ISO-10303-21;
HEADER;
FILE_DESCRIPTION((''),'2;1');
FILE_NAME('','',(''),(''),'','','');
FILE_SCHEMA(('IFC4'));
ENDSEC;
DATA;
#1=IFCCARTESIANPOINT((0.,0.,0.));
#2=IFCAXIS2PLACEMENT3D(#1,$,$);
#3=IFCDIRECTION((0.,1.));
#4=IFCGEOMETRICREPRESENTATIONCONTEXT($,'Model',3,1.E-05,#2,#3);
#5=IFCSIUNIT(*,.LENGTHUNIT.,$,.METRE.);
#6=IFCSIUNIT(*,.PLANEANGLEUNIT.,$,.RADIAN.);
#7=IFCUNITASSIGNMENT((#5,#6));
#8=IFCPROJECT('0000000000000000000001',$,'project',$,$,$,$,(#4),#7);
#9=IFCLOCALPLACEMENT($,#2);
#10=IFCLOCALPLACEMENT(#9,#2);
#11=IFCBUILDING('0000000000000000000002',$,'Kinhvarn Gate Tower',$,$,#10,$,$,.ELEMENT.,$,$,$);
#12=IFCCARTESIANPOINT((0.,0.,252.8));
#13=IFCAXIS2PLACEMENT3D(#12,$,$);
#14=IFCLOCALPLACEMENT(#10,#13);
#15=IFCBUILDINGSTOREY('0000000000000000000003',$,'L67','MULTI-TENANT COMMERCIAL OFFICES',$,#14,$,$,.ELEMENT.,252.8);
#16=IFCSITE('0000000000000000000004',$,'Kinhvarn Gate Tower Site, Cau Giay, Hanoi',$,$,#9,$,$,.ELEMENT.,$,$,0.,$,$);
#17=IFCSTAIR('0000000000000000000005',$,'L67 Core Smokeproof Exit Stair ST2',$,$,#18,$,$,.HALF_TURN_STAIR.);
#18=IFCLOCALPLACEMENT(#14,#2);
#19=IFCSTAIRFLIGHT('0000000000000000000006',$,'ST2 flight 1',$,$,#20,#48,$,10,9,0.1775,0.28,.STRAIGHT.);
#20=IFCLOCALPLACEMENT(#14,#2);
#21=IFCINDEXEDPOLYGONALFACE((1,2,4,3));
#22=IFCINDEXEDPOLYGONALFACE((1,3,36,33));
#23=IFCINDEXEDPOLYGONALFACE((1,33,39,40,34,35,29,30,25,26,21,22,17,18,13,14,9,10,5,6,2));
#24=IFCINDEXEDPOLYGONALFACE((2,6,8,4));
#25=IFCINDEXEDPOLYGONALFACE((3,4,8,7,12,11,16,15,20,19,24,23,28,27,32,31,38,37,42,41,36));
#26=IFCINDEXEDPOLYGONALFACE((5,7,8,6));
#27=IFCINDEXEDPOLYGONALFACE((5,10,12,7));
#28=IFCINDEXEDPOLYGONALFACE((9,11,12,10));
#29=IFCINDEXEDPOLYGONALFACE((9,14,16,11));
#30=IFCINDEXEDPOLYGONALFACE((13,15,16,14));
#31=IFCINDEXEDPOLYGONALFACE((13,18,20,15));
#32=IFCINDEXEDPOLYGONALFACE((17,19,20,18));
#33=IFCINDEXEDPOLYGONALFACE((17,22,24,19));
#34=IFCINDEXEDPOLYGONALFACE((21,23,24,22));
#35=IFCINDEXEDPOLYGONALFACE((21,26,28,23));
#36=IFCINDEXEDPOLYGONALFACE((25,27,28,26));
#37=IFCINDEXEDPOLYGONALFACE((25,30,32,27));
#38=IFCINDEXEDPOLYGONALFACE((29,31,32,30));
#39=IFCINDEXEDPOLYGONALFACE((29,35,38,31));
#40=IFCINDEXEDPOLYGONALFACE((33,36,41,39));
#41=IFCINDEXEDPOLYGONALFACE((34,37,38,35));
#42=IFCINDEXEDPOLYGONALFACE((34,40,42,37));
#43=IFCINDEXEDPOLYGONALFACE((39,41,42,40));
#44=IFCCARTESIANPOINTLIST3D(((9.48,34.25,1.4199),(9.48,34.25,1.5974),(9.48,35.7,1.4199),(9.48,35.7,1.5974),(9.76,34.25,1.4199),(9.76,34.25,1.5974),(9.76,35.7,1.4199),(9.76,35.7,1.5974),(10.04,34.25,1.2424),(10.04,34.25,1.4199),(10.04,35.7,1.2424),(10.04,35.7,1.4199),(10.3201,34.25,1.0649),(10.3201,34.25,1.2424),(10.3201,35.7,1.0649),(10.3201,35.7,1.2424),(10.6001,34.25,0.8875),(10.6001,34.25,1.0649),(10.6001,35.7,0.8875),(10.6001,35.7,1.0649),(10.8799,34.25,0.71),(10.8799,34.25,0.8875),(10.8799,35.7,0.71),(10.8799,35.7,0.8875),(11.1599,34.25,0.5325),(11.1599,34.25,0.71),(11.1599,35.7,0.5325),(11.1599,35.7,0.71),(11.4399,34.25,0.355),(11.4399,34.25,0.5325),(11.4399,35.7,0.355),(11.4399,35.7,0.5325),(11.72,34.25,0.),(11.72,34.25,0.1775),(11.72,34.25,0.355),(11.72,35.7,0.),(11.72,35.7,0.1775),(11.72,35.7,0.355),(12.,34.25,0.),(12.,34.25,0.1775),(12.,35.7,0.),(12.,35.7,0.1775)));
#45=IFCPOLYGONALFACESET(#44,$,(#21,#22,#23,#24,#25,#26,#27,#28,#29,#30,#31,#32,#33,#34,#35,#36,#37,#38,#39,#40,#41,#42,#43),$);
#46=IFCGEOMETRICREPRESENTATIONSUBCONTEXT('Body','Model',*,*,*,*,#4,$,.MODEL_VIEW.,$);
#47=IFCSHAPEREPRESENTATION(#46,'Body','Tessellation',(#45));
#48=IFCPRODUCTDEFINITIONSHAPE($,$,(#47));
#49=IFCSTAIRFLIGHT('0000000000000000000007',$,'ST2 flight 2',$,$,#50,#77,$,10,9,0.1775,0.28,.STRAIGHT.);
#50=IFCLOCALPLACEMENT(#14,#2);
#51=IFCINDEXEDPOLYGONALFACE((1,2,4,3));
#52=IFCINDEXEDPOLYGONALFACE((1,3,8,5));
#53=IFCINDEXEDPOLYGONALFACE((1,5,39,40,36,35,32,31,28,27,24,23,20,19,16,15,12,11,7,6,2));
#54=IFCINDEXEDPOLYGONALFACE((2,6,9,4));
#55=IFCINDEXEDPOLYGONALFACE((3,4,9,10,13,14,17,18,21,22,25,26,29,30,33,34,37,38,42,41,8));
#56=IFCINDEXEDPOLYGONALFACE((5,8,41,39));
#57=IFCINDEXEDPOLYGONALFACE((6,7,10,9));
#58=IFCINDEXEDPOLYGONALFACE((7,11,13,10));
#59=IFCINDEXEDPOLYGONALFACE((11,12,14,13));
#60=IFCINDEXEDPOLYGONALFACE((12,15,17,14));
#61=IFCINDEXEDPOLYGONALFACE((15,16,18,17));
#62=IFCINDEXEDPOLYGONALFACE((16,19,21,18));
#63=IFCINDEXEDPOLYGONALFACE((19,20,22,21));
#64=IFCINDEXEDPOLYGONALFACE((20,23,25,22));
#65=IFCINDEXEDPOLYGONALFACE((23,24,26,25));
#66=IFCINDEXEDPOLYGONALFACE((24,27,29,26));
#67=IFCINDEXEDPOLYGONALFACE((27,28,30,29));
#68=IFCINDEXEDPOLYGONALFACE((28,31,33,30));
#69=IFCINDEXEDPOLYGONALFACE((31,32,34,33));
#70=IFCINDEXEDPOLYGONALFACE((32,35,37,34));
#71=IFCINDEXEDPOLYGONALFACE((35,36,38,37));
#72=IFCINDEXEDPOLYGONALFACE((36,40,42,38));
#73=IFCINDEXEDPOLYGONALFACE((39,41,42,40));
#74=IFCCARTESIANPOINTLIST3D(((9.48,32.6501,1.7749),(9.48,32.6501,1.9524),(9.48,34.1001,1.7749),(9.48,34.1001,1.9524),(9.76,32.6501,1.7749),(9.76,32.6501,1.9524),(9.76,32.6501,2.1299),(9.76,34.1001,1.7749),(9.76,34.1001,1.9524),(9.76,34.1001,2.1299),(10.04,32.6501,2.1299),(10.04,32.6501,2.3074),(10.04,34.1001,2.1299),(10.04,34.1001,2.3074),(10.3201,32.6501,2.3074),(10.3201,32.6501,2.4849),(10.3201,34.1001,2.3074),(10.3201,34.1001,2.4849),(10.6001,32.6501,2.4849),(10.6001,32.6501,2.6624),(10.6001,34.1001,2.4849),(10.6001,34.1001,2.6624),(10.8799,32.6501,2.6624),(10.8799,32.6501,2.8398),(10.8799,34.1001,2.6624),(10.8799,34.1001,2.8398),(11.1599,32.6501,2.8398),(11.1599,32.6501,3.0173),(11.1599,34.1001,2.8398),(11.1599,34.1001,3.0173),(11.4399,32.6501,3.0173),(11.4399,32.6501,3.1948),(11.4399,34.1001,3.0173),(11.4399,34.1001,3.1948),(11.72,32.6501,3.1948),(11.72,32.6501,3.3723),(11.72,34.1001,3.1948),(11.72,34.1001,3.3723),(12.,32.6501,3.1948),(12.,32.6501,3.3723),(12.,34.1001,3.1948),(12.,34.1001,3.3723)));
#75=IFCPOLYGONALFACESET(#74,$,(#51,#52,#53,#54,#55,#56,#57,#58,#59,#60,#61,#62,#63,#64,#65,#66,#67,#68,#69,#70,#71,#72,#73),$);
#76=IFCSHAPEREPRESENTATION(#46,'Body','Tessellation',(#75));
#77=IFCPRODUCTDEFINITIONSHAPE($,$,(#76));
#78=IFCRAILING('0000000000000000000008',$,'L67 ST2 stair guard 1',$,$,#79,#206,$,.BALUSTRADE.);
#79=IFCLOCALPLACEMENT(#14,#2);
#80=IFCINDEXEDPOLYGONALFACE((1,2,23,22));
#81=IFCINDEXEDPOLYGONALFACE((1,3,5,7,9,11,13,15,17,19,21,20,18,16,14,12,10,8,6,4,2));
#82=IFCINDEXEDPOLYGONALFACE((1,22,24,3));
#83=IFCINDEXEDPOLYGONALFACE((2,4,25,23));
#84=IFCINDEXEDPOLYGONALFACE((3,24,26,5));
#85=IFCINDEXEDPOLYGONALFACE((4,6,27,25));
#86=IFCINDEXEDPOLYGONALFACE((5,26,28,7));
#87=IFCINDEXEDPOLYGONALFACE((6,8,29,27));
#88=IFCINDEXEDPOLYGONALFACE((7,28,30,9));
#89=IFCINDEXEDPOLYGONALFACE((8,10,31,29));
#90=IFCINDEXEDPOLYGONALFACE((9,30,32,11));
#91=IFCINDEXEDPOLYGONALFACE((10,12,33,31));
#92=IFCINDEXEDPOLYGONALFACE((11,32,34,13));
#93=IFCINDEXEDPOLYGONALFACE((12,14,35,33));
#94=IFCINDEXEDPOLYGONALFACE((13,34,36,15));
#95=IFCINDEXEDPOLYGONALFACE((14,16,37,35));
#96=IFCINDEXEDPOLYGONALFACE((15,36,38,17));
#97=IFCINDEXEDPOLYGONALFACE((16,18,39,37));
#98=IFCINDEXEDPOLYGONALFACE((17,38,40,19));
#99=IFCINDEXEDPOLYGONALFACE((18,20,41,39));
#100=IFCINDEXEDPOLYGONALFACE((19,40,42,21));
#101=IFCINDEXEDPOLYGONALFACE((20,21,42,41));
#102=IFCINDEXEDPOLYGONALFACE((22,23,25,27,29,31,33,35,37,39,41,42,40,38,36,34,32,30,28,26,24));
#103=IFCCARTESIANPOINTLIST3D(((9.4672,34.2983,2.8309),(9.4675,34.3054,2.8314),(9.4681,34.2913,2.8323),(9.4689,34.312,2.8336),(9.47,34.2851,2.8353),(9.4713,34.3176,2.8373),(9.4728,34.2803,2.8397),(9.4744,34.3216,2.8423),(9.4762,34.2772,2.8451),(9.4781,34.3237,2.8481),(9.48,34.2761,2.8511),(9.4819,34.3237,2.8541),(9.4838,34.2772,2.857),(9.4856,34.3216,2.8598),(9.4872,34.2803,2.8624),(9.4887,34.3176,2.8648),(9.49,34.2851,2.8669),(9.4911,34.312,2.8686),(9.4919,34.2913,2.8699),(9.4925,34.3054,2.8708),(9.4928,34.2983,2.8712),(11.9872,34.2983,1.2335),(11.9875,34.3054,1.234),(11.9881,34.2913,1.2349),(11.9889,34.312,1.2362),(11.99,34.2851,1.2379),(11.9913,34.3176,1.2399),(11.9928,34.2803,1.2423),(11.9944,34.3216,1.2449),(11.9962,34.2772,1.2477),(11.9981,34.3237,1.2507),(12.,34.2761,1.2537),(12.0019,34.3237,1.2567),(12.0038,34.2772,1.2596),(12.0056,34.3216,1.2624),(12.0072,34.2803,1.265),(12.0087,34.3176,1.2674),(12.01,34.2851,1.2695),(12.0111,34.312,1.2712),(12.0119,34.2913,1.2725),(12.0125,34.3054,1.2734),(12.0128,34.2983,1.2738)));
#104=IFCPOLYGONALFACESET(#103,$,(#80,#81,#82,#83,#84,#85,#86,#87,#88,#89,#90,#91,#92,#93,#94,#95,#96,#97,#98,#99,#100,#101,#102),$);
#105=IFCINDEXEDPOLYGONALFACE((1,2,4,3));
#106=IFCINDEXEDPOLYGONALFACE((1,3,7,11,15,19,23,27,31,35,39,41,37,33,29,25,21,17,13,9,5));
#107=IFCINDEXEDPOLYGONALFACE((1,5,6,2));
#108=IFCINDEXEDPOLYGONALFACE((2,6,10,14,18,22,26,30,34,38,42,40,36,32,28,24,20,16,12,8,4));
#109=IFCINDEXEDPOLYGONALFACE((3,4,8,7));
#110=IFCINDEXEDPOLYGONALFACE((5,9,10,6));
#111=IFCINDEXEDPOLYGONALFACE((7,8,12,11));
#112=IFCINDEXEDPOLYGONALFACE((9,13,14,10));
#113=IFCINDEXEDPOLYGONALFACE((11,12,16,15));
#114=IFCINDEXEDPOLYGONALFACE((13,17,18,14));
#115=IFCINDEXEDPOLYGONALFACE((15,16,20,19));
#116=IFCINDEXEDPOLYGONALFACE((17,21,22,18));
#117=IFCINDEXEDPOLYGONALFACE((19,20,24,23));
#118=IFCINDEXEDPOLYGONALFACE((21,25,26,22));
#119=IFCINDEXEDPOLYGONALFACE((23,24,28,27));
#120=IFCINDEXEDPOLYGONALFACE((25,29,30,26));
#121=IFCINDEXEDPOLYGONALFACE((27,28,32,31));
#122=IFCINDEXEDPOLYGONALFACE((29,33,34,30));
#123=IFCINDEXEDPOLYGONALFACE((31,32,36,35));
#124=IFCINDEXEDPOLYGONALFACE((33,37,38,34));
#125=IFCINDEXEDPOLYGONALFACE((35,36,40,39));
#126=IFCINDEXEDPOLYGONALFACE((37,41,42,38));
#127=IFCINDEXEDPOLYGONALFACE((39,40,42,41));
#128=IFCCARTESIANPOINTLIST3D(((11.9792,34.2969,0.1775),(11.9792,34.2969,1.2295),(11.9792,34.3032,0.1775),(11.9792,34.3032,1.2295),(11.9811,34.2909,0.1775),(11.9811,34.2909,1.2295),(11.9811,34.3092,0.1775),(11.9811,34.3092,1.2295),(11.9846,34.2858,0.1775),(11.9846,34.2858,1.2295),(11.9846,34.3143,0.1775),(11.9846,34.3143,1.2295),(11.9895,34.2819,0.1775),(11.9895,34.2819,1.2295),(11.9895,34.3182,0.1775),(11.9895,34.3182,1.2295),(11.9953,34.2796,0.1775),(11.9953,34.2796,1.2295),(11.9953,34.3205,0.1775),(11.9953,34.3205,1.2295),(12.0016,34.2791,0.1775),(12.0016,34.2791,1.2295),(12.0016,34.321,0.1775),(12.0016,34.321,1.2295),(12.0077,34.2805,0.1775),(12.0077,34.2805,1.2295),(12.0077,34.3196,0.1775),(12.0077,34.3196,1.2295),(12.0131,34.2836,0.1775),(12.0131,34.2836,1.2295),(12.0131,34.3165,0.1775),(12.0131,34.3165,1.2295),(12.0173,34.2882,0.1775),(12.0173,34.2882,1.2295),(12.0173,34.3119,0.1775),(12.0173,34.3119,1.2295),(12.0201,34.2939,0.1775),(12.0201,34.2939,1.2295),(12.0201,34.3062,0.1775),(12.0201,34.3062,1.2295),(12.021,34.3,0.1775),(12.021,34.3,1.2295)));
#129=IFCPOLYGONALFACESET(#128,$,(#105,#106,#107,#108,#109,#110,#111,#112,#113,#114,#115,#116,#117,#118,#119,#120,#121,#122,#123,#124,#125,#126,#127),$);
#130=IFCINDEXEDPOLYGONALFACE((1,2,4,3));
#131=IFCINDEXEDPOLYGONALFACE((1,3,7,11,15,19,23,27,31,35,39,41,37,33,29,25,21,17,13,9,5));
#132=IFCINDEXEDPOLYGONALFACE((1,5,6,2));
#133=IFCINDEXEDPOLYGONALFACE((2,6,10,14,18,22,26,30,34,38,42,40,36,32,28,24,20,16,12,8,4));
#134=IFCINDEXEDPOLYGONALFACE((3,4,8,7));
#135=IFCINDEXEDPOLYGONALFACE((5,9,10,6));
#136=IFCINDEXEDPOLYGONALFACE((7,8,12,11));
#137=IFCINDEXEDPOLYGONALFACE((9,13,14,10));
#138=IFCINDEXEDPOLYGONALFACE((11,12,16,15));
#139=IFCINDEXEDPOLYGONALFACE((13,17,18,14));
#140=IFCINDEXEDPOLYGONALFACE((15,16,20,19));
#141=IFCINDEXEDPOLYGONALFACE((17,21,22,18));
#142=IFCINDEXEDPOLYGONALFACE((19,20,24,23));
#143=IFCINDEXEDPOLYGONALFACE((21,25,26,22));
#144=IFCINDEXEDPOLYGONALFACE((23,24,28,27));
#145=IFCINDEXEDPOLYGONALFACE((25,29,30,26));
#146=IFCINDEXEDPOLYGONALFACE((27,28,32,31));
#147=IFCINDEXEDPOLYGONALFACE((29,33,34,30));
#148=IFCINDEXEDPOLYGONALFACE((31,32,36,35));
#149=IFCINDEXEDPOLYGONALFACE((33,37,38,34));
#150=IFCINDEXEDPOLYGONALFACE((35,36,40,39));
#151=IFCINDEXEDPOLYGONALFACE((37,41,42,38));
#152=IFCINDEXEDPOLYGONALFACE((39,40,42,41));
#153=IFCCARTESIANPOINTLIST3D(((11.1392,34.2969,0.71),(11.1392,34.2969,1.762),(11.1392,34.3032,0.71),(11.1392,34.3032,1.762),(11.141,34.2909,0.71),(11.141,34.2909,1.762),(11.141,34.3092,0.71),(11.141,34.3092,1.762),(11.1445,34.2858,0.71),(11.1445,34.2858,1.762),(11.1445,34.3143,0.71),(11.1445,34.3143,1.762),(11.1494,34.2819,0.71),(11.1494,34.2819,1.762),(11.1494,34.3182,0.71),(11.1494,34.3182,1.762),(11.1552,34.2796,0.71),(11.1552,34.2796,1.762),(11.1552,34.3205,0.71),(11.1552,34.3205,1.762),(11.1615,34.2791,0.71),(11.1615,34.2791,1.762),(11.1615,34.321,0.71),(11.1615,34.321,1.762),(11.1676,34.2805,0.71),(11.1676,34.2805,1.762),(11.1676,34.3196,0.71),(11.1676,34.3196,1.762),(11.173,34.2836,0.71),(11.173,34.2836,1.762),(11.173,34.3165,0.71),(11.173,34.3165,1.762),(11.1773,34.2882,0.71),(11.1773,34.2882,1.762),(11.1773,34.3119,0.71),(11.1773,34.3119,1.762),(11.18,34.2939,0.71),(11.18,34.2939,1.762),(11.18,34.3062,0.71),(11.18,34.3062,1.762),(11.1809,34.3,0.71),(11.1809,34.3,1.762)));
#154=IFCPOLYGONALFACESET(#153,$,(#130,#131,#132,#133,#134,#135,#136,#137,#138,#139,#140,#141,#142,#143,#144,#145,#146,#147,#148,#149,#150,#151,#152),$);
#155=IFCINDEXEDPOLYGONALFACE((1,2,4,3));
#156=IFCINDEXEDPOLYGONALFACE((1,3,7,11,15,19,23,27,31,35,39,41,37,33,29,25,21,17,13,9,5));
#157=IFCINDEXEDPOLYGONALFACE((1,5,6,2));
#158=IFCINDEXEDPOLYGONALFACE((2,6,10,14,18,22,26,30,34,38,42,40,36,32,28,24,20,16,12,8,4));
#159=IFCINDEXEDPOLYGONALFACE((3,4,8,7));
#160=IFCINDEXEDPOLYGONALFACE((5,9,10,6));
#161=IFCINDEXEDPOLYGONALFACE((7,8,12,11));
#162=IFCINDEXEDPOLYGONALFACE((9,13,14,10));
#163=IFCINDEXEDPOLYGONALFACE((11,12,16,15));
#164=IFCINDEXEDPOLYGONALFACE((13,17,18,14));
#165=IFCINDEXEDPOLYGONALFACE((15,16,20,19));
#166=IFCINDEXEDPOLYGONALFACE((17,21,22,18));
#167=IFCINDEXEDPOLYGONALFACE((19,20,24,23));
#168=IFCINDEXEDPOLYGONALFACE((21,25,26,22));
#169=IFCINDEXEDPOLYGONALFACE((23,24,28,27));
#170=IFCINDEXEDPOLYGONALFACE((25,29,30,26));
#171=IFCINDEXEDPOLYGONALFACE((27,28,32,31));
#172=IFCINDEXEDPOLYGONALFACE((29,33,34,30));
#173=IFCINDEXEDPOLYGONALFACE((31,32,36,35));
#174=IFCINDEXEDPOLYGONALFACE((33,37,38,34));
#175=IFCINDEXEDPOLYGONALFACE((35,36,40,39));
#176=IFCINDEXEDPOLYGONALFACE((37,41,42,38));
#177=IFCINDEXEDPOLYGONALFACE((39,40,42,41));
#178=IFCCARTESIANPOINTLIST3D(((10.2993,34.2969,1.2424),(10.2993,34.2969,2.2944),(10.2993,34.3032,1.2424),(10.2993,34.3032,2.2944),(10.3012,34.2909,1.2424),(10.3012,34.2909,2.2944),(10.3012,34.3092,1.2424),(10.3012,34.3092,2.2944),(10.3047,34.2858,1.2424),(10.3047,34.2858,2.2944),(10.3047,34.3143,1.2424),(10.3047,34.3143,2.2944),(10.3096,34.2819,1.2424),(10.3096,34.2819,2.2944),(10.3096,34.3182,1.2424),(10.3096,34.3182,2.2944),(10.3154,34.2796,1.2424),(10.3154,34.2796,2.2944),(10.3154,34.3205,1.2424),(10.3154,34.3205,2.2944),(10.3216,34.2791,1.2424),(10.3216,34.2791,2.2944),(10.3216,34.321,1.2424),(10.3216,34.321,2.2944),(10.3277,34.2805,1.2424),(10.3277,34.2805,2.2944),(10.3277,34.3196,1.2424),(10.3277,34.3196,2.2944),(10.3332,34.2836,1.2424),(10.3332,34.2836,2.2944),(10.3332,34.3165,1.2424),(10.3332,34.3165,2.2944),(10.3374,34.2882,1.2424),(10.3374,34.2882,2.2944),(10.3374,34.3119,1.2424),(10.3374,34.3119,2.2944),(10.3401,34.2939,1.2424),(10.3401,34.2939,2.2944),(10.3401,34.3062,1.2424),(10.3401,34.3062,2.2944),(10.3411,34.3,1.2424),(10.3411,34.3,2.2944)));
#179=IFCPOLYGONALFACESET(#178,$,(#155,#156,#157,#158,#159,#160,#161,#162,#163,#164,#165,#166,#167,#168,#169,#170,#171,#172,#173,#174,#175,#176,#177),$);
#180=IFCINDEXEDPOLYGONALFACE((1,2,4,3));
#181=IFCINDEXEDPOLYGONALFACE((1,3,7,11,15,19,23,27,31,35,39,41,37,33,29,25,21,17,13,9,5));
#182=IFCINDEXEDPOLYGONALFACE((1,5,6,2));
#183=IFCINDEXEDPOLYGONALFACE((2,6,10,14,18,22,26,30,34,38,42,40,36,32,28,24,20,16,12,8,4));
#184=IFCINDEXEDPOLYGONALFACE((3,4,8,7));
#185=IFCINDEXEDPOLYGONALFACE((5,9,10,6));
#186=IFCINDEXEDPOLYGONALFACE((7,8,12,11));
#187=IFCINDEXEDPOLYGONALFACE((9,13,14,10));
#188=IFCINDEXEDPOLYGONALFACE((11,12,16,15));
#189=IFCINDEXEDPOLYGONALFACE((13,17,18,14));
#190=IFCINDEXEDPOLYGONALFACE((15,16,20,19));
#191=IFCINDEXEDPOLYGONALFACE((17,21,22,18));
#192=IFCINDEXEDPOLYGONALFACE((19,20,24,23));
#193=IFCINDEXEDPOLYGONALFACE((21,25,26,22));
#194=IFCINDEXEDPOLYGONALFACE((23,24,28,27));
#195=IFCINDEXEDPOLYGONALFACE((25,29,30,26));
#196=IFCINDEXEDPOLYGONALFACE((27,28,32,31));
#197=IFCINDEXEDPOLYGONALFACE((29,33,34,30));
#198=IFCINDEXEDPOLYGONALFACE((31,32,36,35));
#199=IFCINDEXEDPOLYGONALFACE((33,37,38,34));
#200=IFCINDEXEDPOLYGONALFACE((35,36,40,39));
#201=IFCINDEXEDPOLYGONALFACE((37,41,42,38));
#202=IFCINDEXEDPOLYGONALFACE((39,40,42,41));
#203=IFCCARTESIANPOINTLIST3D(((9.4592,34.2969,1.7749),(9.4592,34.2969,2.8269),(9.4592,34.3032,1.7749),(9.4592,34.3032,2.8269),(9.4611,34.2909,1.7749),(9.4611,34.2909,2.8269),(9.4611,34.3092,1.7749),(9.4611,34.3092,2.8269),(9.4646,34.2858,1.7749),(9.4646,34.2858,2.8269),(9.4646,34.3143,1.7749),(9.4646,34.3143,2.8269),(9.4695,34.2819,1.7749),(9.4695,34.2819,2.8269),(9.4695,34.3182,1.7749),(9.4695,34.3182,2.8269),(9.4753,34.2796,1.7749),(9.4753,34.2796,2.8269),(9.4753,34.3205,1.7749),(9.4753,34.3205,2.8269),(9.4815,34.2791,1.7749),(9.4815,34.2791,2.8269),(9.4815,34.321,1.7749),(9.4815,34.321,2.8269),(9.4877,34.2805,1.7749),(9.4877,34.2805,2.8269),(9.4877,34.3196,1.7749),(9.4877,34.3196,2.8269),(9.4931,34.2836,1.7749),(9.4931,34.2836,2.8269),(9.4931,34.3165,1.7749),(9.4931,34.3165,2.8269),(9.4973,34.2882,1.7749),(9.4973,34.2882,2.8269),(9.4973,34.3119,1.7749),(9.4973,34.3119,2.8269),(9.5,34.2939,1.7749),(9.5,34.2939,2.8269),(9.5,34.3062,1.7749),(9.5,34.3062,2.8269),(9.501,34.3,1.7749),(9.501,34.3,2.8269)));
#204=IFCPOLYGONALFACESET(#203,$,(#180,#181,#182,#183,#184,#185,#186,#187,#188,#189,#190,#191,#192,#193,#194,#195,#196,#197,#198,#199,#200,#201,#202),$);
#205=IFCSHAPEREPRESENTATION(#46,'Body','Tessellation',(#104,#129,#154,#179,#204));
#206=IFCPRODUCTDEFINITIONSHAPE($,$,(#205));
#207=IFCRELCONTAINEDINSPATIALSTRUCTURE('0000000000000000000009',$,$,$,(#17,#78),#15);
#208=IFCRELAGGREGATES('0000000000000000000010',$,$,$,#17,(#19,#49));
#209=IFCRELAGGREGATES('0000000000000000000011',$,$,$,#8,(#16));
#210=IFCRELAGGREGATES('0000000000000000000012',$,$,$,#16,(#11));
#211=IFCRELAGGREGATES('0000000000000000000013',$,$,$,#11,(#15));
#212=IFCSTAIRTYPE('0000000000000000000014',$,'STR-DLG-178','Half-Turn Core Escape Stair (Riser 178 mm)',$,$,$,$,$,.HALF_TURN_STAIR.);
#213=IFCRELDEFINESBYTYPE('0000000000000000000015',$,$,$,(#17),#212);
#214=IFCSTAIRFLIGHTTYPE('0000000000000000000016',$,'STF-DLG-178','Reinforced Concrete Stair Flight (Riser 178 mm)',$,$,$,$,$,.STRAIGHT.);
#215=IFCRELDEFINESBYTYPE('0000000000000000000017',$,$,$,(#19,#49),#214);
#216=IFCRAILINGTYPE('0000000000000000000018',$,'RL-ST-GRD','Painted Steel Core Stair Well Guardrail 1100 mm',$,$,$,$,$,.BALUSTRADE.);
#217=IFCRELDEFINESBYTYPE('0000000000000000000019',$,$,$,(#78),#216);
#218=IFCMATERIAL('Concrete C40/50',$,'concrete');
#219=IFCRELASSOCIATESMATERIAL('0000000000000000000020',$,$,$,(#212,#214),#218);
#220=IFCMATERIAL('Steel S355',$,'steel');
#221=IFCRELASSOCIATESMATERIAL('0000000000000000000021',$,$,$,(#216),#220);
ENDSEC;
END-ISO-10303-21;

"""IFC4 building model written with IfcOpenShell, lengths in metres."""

from ifc_helpers import new_model, si_unit, direction, frame, origin, origin_2d, place, context, subcontext, project, spatial, polyline, circle, outline, extrude, material, type_object, element, aggregate, save


model = new_model("IFC4")

# Units and contexts
model_context = context("Model", 3, precision=1e-05, world=origin(), true_north=direction((0.0, 1.0)))
body_context = subcontext(model_context, "Body", "Model", "MODEL_VIEW")
ifc_project = project(units=[si_unit("LENGTHUNIT", "METRE"), si_unit("PLANEANGLEUNIT", "RADIAN")], contexts=[model_context])

# Site, building, storey
site_placement = place(None, origin())
site = spatial("IfcSite", under=ifc_project, at=site_placement, Name="Kinhvarn Gate Tower Site, Cau Giay, Hanoi", CompositionType="ELEMENT", RefElevation=0.0)
building_placement = place(site_placement, origin())
building = spatial("IfcBuilding", under=site, at=building_placement, Name="Kinhvarn Gate Tower", CompositionType="ELEMENT")
storey_placement = place(building_placement, frame((0.0, 0.0, 252.8)))
storey = spatial("IfcBuildingStorey", under=building, at=storey_placement, Name="L67", Description="MULTI-TENANT COMMERCIAL OFFICES", CompositionType="ELEMENT", Elevation=252.8)

# Shared definitions
ifc_material_1 = material(Name="Concrete C40/50", Category="concrete")

# Stair, stair flights
stair_type = type_object("IfcStairType", Name="STR-DLG-178", Description="Half-Turn Core Escape Stair (Riser 178 mm)", PredefinedType="HALF_TURN_STAIR", material=ifc_material_1)
stair_placement = place(storey_placement, origin())
stair = element("IfcStair", 1, at=stair_placement, inside=storey, type_object=stair_type, Name="L67 Core Smokeproof Exit Stair ST2", PredefinedType="HALF_TURN_STAIR")
stair_flight_type = type_object("IfcStairFlightType", Name="STF-DLG-178", Description="Reinforced Concrete Stair Flight (Riser 178 mm)", PredefinedType="STRAIGHT", material=ifc_material_1)
stair_flight_1_placement = place(storey_placement, frame((12.0, 34.9751, 0.0), z_axis=(0.0, 0.0, 1.0), x_axis=(-1.0, 0.0, 0.0)))
stair_flight_1 = element("IfcStairFlight", 2, at=stair_flight_1_placement, type_object=stair_flight_type, Name="ST2 flight 1", NumberOfRisers=10, NumberOfTreads=9, PredefinedType="STRAIGHT", RiserHeight=0.1775, TreadLength=0.28, context=body_context, shape_type="SweptSolid", body=[
    extrude(outline(polyline([(0.0, 0.0), (0.0, 0.1775), (0.28, 0.1775), (0.28, 0.355), (0.5601, 0.355), (0.5601, 0.5325), (0.8401, 0.5325), (0.8401, 0.71), (1.1201, 0.71), (1.1201, 0.8875), (1.3999, 0.8875), (1.3999, 1.0649), (1.6799, 1.0649), (1.6799, 1.2424), (1.96, 1.2424), (1.96, 1.4199), (2.24, 1.4199), (2.24, 1.5974), (2.52, 1.5974), (2.52, 1.7749), (2.52, 1.4199), (0.28, 0.0), (0.0, 0.0)])), frame((0.0, 0.7251, 0.0), z_axis=(0.0, -1.0, 0.0), x_axis=(1.0, 0.0, 0.0)), (0.0, 0.0, 1.0), 1.45),
])
stair_flight_2_placement = place(storey_placement, frame((9.48, 33.375, 1.7749), z_axis=(0.0, 0.0, 1.0), x_axis=(1.0, 0.0, 0.0)))
stair_flight_2 = element("IfcStairFlight", 3, at=stair_flight_2_placement, type_object=stair_flight_type, Name="ST2 flight 2", NumberOfRisers=10, NumberOfTreads=9, PredefinedType="STRAIGHT", RiserHeight=0.1775, TreadLength=0.28, context=body_context, shape_type="SweptSolid", body=[
    extrude(outline(polyline([(0.0, 0.0), (0.0, 0.1775), (0.28, 0.1775), (0.28, 0.355), (0.5601, 0.355), (0.5601, 0.5325), (0.8401, 0.5325), (0.8401, 0.71), (1.1201, 0.71), (1.1201, 0.8875), (1.3999, 0.8875), (1.3999, 1.0649), (1.6799, 1.0649), (1.6799, 1.2424), (1.96, 1.2424), (1.96, 1.4199), (2.24, 1.4199), (2.24, 1.5974), (2.52, 1.5974), (2.52, 1.7749), (2.52, 1.4199), (0.28, 0.0), (0.0, 0.0)])), frame((0.0, 0.7251, 0.0), z_axis=(0.0, -1.0, 0.0), x_axis=(1.0, 0.0, 0.0)), (0.0, 0.0, 1.0), 1.45),
])
aggregate(stair, [stair_flight_1, stair_flight_2])

# Railing
ifc_material_2 = material(Name="Steel S355", Category="steel")
railing_type_1 = type_object("IfcRailingType", Name="RL-ST-GRD", Description="Painted Steel Core Stair Well Guardrail 1100 mm", PredefinedType="BALUSTRADE", material=ifc_material_2)
railing_1_placement = place(storey_placement, frame((12.0, 34.3, 0.1775)))
element("IfcRailing", 4, at=railing_1_placement, inside=storey, type_object=railing_type_1, Name="L67 ST2 stair guard 1", PredefinedType="BALUSTRADE", context=body_context, shape_type="SweptSolid", body=[
    extrude(circle(Radius=0.0239, at=origin_2d()), frame((0.0, 0.0, 1.0762), z_axis=(-0.844607, 0.0, 0.535387), x_axis=(0.0, -1.0, 0.0)), (0.0, 0.0, 1.0), 2.9836),
    extrude(circle(Radius=0.021, at=origin_2d()), origin(), (0.0, 0.0, 1.0), 1.052),
    extrude(circle(Radius=0.021, at=origin_2d()), frame((-0.8401, 0.0, 0.5325)), (0.0, 0.0, 1.0), 1.052),
    extrude(circle(Radius=0.021, at=origin_2d()), frame((-1.6799, 0.0, 1.0649)), (0.0, 0.0, 1.0), 1.052),
    extrude(circle(Radius=0.021, at=origin_2d()), frame((-2.52, 0.0, 1.5974)), (0.0, 0.0, 1.0), 1.052),
])

save(model, "model.ifc")
